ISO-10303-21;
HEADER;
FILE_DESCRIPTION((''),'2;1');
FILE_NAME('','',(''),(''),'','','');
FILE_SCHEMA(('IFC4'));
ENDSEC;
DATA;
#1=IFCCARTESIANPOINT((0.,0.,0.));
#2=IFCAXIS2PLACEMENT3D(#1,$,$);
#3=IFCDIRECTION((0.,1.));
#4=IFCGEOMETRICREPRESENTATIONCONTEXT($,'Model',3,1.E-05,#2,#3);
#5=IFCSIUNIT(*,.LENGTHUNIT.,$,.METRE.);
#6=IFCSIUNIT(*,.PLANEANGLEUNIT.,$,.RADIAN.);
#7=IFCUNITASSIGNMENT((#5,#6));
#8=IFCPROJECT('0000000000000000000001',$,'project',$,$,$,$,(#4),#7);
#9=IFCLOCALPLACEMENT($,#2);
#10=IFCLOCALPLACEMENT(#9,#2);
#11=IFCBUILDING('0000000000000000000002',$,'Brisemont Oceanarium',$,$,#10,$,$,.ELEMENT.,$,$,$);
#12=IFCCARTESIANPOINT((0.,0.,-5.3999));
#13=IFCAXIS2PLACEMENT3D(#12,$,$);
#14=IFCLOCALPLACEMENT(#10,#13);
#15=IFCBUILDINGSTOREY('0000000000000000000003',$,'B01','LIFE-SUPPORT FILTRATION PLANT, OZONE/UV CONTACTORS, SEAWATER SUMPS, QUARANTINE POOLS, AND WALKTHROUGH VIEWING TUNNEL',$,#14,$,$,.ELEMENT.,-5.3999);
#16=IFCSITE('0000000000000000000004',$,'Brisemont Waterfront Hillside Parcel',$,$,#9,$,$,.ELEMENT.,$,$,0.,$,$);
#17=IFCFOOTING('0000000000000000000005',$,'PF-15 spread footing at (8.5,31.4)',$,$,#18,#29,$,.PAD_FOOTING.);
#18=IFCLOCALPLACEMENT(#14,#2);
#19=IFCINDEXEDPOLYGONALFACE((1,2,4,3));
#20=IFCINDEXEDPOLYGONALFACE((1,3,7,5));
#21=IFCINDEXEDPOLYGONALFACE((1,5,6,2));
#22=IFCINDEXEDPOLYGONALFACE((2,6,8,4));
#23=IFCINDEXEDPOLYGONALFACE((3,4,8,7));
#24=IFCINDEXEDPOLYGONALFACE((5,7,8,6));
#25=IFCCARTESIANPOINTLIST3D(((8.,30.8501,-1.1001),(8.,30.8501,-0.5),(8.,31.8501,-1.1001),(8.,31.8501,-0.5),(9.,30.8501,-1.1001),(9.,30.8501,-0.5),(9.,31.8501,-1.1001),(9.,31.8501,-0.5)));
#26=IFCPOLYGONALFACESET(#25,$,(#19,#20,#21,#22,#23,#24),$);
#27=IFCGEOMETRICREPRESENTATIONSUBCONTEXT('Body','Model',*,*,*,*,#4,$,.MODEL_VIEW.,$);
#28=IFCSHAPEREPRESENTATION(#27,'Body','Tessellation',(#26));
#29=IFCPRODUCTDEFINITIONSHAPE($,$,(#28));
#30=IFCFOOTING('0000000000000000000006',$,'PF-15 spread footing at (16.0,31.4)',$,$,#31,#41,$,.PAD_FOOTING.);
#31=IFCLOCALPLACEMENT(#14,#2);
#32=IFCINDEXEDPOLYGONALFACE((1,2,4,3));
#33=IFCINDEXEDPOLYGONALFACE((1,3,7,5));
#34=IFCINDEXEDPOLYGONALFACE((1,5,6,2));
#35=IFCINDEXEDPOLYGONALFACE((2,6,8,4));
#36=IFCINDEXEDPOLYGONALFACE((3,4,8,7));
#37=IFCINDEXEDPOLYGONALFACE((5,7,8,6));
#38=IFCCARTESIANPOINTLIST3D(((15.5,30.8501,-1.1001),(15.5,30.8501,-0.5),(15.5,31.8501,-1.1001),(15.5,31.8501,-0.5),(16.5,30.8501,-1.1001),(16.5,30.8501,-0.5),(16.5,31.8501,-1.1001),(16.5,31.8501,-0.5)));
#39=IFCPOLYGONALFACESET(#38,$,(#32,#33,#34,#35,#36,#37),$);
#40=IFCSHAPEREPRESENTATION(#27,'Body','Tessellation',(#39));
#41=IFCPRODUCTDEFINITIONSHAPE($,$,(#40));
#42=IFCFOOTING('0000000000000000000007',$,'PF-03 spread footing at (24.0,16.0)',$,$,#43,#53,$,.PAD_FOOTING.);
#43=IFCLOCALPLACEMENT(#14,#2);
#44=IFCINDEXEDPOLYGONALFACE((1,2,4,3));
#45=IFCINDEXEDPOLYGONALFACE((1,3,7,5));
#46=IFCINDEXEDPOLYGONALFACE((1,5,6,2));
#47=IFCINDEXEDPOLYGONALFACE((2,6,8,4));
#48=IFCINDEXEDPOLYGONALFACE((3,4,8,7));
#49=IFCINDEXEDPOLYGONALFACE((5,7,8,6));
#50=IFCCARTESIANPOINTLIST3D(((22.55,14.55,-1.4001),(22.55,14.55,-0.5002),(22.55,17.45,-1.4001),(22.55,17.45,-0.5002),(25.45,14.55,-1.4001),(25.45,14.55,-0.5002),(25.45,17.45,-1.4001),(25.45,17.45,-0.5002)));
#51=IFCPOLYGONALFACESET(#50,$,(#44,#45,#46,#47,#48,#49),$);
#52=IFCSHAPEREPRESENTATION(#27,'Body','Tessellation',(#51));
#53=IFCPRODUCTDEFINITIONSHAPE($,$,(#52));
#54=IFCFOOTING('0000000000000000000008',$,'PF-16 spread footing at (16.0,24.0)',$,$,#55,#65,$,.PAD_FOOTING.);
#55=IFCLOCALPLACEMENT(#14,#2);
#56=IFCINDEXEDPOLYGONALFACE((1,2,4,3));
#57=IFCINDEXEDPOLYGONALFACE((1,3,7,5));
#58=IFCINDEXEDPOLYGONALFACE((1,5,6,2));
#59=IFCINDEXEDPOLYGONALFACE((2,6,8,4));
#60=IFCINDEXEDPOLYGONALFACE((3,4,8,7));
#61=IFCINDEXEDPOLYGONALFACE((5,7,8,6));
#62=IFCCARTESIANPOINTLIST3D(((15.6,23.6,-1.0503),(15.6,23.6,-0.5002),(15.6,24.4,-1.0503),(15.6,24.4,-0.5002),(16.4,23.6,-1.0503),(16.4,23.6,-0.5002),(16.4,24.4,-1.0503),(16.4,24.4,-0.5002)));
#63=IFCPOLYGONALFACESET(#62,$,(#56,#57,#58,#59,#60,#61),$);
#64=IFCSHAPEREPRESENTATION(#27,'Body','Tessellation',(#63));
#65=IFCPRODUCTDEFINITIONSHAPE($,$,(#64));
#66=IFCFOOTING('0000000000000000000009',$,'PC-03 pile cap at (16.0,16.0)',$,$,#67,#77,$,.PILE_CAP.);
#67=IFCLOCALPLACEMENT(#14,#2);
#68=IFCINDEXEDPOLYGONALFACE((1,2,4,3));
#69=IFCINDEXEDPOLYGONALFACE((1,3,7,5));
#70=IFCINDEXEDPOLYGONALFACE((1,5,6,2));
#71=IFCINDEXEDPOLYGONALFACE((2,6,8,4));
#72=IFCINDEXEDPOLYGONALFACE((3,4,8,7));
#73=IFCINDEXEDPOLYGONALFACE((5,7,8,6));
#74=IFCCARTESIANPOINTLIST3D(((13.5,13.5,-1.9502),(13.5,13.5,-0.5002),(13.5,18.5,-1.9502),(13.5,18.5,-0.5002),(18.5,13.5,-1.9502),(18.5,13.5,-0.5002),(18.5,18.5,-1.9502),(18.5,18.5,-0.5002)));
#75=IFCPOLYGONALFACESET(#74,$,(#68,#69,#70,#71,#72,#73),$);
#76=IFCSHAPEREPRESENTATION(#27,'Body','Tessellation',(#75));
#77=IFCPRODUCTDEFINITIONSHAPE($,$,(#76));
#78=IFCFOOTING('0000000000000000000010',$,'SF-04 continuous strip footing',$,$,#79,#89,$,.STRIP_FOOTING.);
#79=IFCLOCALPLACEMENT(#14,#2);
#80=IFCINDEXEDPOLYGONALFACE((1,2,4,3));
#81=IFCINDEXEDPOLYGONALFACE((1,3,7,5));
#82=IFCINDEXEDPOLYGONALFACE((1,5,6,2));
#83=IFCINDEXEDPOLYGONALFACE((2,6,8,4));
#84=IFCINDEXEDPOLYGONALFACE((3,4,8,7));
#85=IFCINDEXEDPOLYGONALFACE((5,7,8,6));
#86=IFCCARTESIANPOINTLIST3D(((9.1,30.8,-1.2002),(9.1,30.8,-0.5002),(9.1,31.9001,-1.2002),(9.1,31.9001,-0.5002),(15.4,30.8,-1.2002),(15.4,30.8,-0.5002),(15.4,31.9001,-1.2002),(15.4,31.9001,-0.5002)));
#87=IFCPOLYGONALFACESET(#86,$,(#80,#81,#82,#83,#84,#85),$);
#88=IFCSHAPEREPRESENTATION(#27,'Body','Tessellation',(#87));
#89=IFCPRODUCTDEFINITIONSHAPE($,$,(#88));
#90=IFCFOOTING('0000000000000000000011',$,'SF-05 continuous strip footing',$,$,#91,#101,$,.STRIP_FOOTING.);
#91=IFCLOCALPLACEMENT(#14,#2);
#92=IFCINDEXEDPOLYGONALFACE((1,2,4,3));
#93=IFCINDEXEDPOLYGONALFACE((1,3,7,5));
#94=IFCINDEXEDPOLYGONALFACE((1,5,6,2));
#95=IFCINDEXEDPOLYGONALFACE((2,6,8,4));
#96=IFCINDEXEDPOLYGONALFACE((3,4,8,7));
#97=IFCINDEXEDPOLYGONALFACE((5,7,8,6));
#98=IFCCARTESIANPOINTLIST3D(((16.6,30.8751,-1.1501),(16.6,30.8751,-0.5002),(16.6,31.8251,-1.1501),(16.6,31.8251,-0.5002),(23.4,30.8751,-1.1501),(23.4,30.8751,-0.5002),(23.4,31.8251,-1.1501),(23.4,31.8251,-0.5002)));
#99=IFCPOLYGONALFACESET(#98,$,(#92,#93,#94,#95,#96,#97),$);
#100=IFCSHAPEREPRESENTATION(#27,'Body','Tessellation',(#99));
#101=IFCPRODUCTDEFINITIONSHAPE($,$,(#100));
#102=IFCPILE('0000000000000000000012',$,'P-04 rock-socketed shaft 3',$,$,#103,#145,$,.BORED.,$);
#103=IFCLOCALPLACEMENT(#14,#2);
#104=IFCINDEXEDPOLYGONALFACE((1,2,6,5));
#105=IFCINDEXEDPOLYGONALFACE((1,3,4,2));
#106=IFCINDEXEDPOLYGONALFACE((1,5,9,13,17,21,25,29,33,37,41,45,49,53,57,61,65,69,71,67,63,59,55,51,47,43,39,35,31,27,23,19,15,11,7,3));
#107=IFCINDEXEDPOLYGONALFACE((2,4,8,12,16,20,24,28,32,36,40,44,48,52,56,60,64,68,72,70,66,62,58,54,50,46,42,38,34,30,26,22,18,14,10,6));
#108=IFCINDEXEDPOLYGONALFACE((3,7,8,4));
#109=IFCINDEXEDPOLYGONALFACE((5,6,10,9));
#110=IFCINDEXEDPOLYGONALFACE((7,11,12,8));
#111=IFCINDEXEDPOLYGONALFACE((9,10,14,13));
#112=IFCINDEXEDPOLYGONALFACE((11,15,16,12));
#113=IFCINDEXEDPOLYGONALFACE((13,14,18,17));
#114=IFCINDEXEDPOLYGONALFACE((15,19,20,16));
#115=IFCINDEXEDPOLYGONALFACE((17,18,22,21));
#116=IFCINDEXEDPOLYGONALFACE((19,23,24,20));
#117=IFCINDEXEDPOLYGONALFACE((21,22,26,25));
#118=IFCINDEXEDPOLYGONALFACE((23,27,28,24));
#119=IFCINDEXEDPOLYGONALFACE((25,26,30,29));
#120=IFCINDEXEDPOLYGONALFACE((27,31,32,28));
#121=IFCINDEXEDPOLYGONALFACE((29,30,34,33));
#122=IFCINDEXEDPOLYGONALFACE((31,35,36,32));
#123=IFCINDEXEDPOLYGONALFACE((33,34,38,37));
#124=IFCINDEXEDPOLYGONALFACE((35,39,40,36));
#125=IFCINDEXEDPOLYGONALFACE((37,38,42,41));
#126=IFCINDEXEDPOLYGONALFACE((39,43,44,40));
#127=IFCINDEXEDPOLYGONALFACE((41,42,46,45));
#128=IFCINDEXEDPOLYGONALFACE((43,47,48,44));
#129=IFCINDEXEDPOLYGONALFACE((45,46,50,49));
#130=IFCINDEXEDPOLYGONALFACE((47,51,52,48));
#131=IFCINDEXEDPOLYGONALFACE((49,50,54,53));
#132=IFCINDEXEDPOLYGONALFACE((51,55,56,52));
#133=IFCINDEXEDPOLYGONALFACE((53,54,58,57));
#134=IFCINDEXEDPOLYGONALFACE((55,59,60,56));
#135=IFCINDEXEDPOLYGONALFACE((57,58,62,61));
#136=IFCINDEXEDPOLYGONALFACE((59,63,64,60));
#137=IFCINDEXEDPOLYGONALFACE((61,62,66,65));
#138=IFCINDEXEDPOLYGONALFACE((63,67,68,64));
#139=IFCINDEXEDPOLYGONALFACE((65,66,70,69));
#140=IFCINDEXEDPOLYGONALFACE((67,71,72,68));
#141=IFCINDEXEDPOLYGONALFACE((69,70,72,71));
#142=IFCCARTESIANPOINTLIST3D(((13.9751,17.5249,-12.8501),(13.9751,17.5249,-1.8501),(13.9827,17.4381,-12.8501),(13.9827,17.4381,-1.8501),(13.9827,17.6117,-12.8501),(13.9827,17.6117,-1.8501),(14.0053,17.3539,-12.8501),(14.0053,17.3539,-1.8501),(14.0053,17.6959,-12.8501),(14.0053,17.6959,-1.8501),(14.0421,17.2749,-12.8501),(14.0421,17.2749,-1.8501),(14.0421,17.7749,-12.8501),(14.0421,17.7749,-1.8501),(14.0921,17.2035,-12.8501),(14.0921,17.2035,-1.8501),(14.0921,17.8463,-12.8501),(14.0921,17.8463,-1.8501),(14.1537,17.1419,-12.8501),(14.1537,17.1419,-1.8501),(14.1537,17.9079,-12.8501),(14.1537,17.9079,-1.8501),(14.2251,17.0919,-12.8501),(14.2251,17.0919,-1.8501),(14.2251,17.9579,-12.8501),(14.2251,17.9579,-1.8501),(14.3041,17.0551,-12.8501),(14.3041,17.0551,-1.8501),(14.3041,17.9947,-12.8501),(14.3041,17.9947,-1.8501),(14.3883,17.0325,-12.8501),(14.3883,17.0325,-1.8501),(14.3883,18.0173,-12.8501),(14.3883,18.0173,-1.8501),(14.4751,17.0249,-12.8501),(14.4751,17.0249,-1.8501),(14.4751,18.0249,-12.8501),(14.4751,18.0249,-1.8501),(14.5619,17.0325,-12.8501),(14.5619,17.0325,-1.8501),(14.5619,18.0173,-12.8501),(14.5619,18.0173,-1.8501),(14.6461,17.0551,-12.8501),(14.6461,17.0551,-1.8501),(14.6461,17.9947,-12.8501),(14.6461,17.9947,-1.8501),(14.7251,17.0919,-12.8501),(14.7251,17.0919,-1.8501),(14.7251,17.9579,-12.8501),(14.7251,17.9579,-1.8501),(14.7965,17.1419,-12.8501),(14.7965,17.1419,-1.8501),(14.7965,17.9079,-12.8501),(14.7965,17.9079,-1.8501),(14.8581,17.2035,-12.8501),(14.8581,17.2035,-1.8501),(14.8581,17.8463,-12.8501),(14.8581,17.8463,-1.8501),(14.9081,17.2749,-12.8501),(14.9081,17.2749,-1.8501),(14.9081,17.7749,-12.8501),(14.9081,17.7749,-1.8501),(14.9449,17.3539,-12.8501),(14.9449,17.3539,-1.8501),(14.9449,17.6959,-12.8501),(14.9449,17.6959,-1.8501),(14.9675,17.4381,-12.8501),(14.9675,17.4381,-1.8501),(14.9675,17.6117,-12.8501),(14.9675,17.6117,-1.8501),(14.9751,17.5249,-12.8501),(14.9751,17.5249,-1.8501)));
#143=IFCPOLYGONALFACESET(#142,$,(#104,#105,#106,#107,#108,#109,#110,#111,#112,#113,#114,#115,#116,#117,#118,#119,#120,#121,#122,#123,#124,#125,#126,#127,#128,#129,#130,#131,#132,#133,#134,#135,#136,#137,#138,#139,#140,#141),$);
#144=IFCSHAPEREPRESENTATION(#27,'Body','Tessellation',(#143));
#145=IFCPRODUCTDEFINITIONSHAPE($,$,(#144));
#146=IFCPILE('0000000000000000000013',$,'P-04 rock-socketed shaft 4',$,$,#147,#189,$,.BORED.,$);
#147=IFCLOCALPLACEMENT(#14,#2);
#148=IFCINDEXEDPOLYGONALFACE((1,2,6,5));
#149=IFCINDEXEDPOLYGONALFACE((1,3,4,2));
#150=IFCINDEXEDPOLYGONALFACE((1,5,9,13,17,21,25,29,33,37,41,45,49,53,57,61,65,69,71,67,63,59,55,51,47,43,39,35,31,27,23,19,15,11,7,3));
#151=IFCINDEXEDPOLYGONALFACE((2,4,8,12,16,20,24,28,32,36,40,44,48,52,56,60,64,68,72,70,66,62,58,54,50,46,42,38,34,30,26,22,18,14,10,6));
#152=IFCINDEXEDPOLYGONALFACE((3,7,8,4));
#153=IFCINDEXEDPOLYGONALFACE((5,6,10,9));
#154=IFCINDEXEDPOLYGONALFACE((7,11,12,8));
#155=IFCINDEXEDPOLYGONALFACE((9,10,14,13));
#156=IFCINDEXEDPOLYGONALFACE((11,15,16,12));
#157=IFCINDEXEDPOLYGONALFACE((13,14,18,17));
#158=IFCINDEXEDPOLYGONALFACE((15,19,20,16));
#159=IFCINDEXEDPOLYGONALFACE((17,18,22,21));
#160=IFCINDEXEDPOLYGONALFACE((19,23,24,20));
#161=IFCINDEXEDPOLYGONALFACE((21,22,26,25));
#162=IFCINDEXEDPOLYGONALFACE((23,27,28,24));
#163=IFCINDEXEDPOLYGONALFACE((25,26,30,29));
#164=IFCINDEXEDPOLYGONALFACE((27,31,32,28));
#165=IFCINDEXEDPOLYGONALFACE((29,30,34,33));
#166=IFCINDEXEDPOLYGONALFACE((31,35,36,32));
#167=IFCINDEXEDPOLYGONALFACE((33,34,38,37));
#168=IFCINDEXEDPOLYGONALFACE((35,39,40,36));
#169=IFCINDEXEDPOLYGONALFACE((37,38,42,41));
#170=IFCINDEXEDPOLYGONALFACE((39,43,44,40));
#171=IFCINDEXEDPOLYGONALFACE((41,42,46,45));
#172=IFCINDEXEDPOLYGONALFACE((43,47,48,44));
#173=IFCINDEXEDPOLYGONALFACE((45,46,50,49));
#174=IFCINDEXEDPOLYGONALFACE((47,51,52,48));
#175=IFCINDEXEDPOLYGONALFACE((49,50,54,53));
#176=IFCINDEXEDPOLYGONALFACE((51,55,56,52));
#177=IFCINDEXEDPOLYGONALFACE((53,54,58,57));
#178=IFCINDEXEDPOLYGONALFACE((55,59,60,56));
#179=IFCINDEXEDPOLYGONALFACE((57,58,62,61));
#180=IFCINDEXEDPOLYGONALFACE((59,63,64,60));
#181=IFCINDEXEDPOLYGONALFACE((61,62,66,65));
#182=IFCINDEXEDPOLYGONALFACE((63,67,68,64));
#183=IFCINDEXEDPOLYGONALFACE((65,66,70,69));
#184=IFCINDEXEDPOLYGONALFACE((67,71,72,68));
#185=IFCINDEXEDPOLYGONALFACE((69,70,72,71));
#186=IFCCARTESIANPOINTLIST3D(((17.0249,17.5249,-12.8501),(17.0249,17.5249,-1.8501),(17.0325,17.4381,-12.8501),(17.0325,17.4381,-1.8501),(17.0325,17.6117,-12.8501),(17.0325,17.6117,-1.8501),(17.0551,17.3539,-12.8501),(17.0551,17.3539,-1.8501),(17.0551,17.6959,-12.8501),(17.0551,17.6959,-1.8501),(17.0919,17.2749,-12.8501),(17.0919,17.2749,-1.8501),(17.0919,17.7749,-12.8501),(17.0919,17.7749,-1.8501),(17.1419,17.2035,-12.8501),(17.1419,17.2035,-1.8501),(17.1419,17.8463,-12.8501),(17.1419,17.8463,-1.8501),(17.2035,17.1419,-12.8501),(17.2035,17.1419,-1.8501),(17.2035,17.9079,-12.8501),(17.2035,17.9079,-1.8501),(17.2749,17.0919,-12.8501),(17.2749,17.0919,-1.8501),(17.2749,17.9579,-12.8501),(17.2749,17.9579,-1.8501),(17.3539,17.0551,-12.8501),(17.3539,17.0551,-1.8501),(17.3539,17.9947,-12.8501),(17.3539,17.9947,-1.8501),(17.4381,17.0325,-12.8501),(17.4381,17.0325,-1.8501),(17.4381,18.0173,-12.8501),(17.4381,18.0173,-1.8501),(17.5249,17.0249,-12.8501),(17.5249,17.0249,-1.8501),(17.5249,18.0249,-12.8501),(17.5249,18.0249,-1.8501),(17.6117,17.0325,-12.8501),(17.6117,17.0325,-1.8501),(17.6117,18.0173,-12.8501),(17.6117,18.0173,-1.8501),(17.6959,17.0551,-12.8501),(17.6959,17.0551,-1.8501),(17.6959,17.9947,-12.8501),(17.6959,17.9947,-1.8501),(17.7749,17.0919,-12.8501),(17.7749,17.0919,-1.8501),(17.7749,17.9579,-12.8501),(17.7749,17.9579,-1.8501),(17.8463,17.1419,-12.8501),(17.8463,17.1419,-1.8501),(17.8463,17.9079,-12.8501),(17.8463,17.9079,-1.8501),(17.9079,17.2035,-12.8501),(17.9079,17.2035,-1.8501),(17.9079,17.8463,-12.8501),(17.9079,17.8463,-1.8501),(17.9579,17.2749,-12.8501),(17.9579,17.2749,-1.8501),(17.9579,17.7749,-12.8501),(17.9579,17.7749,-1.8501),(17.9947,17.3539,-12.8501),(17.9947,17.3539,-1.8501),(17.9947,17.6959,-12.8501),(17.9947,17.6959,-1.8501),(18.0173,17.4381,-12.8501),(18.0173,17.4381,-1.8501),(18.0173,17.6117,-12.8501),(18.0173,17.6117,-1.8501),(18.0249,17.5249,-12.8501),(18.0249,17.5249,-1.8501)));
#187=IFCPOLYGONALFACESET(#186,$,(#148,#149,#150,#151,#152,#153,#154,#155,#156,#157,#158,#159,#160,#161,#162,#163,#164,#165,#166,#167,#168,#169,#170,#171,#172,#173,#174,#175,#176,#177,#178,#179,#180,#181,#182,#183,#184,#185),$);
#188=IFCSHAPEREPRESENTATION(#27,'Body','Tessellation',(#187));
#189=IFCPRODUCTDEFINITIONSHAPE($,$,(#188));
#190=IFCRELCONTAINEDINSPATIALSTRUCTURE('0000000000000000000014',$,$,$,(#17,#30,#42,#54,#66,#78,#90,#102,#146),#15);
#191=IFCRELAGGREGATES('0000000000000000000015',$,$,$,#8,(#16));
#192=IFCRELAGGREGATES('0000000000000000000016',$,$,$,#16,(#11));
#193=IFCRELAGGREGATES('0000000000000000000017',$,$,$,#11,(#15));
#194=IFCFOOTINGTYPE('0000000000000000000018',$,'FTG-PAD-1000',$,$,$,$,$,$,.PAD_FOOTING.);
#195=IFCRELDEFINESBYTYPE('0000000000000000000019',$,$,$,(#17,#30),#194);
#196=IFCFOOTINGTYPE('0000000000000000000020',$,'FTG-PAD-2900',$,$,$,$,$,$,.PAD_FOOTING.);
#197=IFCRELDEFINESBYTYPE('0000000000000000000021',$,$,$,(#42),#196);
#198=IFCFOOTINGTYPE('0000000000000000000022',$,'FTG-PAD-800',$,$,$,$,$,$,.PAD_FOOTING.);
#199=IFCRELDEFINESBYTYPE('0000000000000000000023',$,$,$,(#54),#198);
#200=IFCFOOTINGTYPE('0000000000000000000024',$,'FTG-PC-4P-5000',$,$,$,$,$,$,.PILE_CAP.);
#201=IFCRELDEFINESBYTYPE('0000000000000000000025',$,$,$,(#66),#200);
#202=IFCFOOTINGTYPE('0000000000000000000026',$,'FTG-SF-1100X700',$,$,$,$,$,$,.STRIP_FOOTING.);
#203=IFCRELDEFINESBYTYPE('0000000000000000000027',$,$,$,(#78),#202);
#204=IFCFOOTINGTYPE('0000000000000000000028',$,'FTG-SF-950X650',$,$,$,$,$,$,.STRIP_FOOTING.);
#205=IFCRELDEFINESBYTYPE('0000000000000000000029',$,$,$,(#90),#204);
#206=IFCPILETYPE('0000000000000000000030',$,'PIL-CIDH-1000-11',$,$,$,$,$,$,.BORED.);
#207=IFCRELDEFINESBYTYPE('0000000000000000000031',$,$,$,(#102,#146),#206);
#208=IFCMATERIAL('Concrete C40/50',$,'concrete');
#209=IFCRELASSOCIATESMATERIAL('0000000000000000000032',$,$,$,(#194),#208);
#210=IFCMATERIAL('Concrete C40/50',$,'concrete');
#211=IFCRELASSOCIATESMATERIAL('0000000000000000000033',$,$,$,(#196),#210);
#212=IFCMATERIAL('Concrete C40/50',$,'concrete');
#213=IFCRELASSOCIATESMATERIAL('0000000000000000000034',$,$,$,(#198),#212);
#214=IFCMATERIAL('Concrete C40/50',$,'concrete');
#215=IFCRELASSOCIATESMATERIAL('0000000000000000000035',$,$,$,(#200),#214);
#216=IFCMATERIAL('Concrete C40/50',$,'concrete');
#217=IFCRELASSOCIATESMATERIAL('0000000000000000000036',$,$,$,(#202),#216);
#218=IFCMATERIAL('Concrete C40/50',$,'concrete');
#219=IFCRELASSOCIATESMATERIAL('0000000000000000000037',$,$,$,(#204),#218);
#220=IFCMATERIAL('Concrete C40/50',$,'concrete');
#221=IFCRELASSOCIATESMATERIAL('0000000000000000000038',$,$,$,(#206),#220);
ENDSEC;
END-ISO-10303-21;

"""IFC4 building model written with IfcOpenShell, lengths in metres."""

from ifc_helpers import new_model, si_unit, direction, frame, origin, origin_2d, place, context, subcontext, project, spatial, rectangle, circle, extrude, material, material_profile, profile_set, type_object, element, save


model = new_model("IFC4")

# Units and contexts
model_context = context("Model", 3, precision=1e-05, world=origin(), true_north=direction((0.0, 1.0)))
body_context = subcontext(model_context, "Body", "Model", "MODEL_VIEW")
ifc_project = project(units=[si_unit("LENGTHUNIT", "METRE"), si_unit("PLANEANGLEUNIT", "RADIAN")], contexts=[model_context])

# Site, building, storey
site_placement = place(None, origin())
site = spatial("IfcSite", under=ifc_project, at=site_placement, Name="Brisemont Waterfront Hillside Parcel", CompositionType="ELEMENT", RefElevation=0.0)
building_placement = place(site_placement, origin())
building = spatial("IfcBuilding", under=site, at=building_placement, Name="Brisemont Oceanarium", CompositionType="ELEMENT")
storey_placement = place(building_placement, frame((0.0, 0.0, -5.3999)))
storey = spatial("IfcBuildingStorey", under=building, at=storey_placement, Name="B01", Description="LIFE-SUPPORT FILTRATION PLANT, OZONE/UV CONTACTORS, SEAWATER SUMPS, QUARANTINE POOLS, AND WALKTHROUGH VIEWING TUNNEL", CompositionType="ELEMENT", Elevation=-5.3999)

# Footings
ifc_material_1 = material(Name="Concrete C40/50", Category="concrete")
footing_type_1 = type_object("IfcFootingType", Name="FTG-PAD-1000", PredefinedType="PAD_FOOTING", material=ifc_material_1)
for number, where, z_axis, x_axis, name in (
    (1, (8.5, 31.3501, -1.1001), (0.0, 0.0, 1.0), (1.0, 0.0, 0.0), "PF-15 spread footing at (8.5,31.4)"),
    (2, (16.0, 31.3501, -1.1001), (0.0, 0.0, 1.0), (1.0, 0.0, 0.0), "PF-15 spread footing at (16.0,31.4)"),
):
    element("IfcFooting", number, at=place(storey_placement, frame(where, z_axis=z_axis, x_axis=x_axis)), inside=storey, type_object=footing_type_1, Name=name, PredefinedType="PAD_FOOTING", context=body_context, shape_type="SweptSolid", body=[
        extrude(rectangle(XDim=1.0, YDim=1.0, at=origin_2d()), origin(), (0.0, 0.0, 1.0), 0.6001),
    ])
ifc_material_2 = material(Name="Concrete C40/50", Category="concrete")
footing_type_2 = type_object("IfcFootingType", Name="FTG-PAD-2900", PredefinedType="PAD_FOOTING", material=ifc_material_2)
footing_1_placement = place(storey_placement, frame((24.0, 16.0, -1.4001), z_axis=(0.0, 0.0, 1.0), x_axis=(1.0, 0.0, 0.0)))
element("IfcFooting", 3, at=footing_1_placement, inside=storey, type_object=footing_type_2, Name="PF-03 spread footing at (24.0,16.0)", PredefinedType="PAD_FOOTING", context=body_context, shape_type="SweptSolid", body=[
    extrude(rectangle(XDim=2.8999, YDim=2.8999, at=origin_2d()), origin(), (0.0, 0.0, 1.0), 0.8999),
])
ifc_material_3 = material(Name="Concrete C40/50", Category="concrete")
footing_type_3 = type_object("IfcFootingType", Name="FTG-PAD-800", PredefinedType="PAD_FOOTING", material=ifc_material_3)
footing_2_placement = place(storey_placement, frame((16.0, 24.0, -1.0503), z_axis=(0.0, 0.0, 1.0), x_axis=(1.0, 0.0, 0.0)))
element("IfcFooting", 4, at=footing_2_placement, inside=storey, type_object=footing_type_3, Name="PF-16 spread footing at (16.0,24.0)", PredefinedType="PAD_FOOTING", context=body_context, shape_type="SweptSolid", body=[
    extrude(rectangle(XDim=0.8, YDim=0.8, at=origin_2d()), origin(), (0.0, 0.0, 1.0), 0.55),
])
ifc_material_4 = material(Name="Concrete C40/50", Category="concrete")
footing_type_4 = type_object("IfcFootingType", Name="FTG-PC-4P-5000", PredefinedType="PILE_CAP", material=ifc_material_4)
footing_3_placement = place(storey_placement, frame((16.0, 16.0, -1.9502), z_axis=(0.0, 0.0, 1.0), x_axis=(1.0, 0.0, 0.0)))
element("IfcFooting", 5, at=footing_3_placement, inside=storey, type_object=footing_type_4, Name="PC-03 pile cap at (16.0,16.0)", PredefinedType="PILE_CAP", context=body_context, shape_type="SweptSolid", body=[
    extrude(rectangle(XDim=5.0, YDim=5.0, at=origin_2d()), origin(), (0.0, 0.0, 1.0), 1.45),
])
ifc_material_5 = material(Name="Concrete C40/50", Category="concrete")
footing_type_5 = type_object("IfcFootingType", Name="FTG-SF-1100X700", PredefinedType="STRIP_FOOTING", material=ifc_material_5)
footing_4_placement = place(storey_placement, frame((12.25, 31.3501, -1.2002), z_axis=(0.0, 0.0, 1.0), x_axis=(1.0, 0.0, 0.0)))
element("IfcFooting", 6, at=footing_4_placement, inside=storey, type_object=footing_type_5, Name="SF-04 continuous strip footing", PredefinedType="STRIP_FOOTING", context=body_context, shape_type="SweptSolid", body=[
    extrude(rectangle(XDim=6.3, YDim=1.1001, at=origin_2d()), origin(), (0.0, 0.0, 1.0), 0.7),
])
ifc_material_6 = material(Name="Concrete C40/50", Category="concrete")
footing_type_6 = type_object("IfcFootingType", Name="FTG-SF-950X650", PredefinedType="STRIP_FOOTING", material=ifc_material_6)
footing_5_placement = place(storey_placement, frame((20.0, 31.3501, -1.1501), z_axis=(0.0, 0.0, 1.0), x_axis=(1.0, 0.0, 0.0)))
element("IfcFooting", 7, at=footing_5_placement, inside=storey, type_object=footing_type_6, Name="SF-05 continuous strip footing", PredefinedType="STRIP_FOOTING", context=body_context, shape_type="SweptSolid", body=[
    extrude(rectangle(XDim=6.8, YDim=0.95, at=origin_2d()), origin(), (0.0, 0.0, 1.0), 0.6499),
])

# Piles
ifc_material_7 = material(Name="Concrete C40/50", Category="concrete")
ifc_material_profile_1 = material_profile(ifc_material_7, circle(Radius=0.5, at=origin_2d()), Name="CIDH-D1000")
ifc_profile_set_1 = profile_set([ifc_material_profile_1], Name="Concrete C40/50")
pile_type_1 = type_object("IfcPileType", Name="PIL-CIDH-1000-11", PredefinedType="BORED", material=ifc_profile_set_1)
for number, where, z_axis, x_axis, name in (
    (8, (14.4751, 17.5249, -1.8501), (0.0, 0.0, -1.0), (1.0, 0.0, 0.0), "P-04 rock-socketed shaft 3"),
    (9, (17.5249, 17.5249, -1.8501), (0.0, 0.0, -1.0), (1.0, 0.0, 0.0), "P-04 rock-socketed shaft 4"),
):
    element("IfcPile", number, at=place(storey_placement, frame(where, z_axis=z_axis, x_axis=x_axis)), inside=storey, type_object=pile_type_1, Name=name, PredefinedType="BORED", context=body_context, shape_type="SweptSolid", body=[
        extrude(circle(Radius=0.5, at=origin_2d()), origin(), (0.0, 0.0, 1.0), 11.0),
    ])

save(model, "model.ifc")
